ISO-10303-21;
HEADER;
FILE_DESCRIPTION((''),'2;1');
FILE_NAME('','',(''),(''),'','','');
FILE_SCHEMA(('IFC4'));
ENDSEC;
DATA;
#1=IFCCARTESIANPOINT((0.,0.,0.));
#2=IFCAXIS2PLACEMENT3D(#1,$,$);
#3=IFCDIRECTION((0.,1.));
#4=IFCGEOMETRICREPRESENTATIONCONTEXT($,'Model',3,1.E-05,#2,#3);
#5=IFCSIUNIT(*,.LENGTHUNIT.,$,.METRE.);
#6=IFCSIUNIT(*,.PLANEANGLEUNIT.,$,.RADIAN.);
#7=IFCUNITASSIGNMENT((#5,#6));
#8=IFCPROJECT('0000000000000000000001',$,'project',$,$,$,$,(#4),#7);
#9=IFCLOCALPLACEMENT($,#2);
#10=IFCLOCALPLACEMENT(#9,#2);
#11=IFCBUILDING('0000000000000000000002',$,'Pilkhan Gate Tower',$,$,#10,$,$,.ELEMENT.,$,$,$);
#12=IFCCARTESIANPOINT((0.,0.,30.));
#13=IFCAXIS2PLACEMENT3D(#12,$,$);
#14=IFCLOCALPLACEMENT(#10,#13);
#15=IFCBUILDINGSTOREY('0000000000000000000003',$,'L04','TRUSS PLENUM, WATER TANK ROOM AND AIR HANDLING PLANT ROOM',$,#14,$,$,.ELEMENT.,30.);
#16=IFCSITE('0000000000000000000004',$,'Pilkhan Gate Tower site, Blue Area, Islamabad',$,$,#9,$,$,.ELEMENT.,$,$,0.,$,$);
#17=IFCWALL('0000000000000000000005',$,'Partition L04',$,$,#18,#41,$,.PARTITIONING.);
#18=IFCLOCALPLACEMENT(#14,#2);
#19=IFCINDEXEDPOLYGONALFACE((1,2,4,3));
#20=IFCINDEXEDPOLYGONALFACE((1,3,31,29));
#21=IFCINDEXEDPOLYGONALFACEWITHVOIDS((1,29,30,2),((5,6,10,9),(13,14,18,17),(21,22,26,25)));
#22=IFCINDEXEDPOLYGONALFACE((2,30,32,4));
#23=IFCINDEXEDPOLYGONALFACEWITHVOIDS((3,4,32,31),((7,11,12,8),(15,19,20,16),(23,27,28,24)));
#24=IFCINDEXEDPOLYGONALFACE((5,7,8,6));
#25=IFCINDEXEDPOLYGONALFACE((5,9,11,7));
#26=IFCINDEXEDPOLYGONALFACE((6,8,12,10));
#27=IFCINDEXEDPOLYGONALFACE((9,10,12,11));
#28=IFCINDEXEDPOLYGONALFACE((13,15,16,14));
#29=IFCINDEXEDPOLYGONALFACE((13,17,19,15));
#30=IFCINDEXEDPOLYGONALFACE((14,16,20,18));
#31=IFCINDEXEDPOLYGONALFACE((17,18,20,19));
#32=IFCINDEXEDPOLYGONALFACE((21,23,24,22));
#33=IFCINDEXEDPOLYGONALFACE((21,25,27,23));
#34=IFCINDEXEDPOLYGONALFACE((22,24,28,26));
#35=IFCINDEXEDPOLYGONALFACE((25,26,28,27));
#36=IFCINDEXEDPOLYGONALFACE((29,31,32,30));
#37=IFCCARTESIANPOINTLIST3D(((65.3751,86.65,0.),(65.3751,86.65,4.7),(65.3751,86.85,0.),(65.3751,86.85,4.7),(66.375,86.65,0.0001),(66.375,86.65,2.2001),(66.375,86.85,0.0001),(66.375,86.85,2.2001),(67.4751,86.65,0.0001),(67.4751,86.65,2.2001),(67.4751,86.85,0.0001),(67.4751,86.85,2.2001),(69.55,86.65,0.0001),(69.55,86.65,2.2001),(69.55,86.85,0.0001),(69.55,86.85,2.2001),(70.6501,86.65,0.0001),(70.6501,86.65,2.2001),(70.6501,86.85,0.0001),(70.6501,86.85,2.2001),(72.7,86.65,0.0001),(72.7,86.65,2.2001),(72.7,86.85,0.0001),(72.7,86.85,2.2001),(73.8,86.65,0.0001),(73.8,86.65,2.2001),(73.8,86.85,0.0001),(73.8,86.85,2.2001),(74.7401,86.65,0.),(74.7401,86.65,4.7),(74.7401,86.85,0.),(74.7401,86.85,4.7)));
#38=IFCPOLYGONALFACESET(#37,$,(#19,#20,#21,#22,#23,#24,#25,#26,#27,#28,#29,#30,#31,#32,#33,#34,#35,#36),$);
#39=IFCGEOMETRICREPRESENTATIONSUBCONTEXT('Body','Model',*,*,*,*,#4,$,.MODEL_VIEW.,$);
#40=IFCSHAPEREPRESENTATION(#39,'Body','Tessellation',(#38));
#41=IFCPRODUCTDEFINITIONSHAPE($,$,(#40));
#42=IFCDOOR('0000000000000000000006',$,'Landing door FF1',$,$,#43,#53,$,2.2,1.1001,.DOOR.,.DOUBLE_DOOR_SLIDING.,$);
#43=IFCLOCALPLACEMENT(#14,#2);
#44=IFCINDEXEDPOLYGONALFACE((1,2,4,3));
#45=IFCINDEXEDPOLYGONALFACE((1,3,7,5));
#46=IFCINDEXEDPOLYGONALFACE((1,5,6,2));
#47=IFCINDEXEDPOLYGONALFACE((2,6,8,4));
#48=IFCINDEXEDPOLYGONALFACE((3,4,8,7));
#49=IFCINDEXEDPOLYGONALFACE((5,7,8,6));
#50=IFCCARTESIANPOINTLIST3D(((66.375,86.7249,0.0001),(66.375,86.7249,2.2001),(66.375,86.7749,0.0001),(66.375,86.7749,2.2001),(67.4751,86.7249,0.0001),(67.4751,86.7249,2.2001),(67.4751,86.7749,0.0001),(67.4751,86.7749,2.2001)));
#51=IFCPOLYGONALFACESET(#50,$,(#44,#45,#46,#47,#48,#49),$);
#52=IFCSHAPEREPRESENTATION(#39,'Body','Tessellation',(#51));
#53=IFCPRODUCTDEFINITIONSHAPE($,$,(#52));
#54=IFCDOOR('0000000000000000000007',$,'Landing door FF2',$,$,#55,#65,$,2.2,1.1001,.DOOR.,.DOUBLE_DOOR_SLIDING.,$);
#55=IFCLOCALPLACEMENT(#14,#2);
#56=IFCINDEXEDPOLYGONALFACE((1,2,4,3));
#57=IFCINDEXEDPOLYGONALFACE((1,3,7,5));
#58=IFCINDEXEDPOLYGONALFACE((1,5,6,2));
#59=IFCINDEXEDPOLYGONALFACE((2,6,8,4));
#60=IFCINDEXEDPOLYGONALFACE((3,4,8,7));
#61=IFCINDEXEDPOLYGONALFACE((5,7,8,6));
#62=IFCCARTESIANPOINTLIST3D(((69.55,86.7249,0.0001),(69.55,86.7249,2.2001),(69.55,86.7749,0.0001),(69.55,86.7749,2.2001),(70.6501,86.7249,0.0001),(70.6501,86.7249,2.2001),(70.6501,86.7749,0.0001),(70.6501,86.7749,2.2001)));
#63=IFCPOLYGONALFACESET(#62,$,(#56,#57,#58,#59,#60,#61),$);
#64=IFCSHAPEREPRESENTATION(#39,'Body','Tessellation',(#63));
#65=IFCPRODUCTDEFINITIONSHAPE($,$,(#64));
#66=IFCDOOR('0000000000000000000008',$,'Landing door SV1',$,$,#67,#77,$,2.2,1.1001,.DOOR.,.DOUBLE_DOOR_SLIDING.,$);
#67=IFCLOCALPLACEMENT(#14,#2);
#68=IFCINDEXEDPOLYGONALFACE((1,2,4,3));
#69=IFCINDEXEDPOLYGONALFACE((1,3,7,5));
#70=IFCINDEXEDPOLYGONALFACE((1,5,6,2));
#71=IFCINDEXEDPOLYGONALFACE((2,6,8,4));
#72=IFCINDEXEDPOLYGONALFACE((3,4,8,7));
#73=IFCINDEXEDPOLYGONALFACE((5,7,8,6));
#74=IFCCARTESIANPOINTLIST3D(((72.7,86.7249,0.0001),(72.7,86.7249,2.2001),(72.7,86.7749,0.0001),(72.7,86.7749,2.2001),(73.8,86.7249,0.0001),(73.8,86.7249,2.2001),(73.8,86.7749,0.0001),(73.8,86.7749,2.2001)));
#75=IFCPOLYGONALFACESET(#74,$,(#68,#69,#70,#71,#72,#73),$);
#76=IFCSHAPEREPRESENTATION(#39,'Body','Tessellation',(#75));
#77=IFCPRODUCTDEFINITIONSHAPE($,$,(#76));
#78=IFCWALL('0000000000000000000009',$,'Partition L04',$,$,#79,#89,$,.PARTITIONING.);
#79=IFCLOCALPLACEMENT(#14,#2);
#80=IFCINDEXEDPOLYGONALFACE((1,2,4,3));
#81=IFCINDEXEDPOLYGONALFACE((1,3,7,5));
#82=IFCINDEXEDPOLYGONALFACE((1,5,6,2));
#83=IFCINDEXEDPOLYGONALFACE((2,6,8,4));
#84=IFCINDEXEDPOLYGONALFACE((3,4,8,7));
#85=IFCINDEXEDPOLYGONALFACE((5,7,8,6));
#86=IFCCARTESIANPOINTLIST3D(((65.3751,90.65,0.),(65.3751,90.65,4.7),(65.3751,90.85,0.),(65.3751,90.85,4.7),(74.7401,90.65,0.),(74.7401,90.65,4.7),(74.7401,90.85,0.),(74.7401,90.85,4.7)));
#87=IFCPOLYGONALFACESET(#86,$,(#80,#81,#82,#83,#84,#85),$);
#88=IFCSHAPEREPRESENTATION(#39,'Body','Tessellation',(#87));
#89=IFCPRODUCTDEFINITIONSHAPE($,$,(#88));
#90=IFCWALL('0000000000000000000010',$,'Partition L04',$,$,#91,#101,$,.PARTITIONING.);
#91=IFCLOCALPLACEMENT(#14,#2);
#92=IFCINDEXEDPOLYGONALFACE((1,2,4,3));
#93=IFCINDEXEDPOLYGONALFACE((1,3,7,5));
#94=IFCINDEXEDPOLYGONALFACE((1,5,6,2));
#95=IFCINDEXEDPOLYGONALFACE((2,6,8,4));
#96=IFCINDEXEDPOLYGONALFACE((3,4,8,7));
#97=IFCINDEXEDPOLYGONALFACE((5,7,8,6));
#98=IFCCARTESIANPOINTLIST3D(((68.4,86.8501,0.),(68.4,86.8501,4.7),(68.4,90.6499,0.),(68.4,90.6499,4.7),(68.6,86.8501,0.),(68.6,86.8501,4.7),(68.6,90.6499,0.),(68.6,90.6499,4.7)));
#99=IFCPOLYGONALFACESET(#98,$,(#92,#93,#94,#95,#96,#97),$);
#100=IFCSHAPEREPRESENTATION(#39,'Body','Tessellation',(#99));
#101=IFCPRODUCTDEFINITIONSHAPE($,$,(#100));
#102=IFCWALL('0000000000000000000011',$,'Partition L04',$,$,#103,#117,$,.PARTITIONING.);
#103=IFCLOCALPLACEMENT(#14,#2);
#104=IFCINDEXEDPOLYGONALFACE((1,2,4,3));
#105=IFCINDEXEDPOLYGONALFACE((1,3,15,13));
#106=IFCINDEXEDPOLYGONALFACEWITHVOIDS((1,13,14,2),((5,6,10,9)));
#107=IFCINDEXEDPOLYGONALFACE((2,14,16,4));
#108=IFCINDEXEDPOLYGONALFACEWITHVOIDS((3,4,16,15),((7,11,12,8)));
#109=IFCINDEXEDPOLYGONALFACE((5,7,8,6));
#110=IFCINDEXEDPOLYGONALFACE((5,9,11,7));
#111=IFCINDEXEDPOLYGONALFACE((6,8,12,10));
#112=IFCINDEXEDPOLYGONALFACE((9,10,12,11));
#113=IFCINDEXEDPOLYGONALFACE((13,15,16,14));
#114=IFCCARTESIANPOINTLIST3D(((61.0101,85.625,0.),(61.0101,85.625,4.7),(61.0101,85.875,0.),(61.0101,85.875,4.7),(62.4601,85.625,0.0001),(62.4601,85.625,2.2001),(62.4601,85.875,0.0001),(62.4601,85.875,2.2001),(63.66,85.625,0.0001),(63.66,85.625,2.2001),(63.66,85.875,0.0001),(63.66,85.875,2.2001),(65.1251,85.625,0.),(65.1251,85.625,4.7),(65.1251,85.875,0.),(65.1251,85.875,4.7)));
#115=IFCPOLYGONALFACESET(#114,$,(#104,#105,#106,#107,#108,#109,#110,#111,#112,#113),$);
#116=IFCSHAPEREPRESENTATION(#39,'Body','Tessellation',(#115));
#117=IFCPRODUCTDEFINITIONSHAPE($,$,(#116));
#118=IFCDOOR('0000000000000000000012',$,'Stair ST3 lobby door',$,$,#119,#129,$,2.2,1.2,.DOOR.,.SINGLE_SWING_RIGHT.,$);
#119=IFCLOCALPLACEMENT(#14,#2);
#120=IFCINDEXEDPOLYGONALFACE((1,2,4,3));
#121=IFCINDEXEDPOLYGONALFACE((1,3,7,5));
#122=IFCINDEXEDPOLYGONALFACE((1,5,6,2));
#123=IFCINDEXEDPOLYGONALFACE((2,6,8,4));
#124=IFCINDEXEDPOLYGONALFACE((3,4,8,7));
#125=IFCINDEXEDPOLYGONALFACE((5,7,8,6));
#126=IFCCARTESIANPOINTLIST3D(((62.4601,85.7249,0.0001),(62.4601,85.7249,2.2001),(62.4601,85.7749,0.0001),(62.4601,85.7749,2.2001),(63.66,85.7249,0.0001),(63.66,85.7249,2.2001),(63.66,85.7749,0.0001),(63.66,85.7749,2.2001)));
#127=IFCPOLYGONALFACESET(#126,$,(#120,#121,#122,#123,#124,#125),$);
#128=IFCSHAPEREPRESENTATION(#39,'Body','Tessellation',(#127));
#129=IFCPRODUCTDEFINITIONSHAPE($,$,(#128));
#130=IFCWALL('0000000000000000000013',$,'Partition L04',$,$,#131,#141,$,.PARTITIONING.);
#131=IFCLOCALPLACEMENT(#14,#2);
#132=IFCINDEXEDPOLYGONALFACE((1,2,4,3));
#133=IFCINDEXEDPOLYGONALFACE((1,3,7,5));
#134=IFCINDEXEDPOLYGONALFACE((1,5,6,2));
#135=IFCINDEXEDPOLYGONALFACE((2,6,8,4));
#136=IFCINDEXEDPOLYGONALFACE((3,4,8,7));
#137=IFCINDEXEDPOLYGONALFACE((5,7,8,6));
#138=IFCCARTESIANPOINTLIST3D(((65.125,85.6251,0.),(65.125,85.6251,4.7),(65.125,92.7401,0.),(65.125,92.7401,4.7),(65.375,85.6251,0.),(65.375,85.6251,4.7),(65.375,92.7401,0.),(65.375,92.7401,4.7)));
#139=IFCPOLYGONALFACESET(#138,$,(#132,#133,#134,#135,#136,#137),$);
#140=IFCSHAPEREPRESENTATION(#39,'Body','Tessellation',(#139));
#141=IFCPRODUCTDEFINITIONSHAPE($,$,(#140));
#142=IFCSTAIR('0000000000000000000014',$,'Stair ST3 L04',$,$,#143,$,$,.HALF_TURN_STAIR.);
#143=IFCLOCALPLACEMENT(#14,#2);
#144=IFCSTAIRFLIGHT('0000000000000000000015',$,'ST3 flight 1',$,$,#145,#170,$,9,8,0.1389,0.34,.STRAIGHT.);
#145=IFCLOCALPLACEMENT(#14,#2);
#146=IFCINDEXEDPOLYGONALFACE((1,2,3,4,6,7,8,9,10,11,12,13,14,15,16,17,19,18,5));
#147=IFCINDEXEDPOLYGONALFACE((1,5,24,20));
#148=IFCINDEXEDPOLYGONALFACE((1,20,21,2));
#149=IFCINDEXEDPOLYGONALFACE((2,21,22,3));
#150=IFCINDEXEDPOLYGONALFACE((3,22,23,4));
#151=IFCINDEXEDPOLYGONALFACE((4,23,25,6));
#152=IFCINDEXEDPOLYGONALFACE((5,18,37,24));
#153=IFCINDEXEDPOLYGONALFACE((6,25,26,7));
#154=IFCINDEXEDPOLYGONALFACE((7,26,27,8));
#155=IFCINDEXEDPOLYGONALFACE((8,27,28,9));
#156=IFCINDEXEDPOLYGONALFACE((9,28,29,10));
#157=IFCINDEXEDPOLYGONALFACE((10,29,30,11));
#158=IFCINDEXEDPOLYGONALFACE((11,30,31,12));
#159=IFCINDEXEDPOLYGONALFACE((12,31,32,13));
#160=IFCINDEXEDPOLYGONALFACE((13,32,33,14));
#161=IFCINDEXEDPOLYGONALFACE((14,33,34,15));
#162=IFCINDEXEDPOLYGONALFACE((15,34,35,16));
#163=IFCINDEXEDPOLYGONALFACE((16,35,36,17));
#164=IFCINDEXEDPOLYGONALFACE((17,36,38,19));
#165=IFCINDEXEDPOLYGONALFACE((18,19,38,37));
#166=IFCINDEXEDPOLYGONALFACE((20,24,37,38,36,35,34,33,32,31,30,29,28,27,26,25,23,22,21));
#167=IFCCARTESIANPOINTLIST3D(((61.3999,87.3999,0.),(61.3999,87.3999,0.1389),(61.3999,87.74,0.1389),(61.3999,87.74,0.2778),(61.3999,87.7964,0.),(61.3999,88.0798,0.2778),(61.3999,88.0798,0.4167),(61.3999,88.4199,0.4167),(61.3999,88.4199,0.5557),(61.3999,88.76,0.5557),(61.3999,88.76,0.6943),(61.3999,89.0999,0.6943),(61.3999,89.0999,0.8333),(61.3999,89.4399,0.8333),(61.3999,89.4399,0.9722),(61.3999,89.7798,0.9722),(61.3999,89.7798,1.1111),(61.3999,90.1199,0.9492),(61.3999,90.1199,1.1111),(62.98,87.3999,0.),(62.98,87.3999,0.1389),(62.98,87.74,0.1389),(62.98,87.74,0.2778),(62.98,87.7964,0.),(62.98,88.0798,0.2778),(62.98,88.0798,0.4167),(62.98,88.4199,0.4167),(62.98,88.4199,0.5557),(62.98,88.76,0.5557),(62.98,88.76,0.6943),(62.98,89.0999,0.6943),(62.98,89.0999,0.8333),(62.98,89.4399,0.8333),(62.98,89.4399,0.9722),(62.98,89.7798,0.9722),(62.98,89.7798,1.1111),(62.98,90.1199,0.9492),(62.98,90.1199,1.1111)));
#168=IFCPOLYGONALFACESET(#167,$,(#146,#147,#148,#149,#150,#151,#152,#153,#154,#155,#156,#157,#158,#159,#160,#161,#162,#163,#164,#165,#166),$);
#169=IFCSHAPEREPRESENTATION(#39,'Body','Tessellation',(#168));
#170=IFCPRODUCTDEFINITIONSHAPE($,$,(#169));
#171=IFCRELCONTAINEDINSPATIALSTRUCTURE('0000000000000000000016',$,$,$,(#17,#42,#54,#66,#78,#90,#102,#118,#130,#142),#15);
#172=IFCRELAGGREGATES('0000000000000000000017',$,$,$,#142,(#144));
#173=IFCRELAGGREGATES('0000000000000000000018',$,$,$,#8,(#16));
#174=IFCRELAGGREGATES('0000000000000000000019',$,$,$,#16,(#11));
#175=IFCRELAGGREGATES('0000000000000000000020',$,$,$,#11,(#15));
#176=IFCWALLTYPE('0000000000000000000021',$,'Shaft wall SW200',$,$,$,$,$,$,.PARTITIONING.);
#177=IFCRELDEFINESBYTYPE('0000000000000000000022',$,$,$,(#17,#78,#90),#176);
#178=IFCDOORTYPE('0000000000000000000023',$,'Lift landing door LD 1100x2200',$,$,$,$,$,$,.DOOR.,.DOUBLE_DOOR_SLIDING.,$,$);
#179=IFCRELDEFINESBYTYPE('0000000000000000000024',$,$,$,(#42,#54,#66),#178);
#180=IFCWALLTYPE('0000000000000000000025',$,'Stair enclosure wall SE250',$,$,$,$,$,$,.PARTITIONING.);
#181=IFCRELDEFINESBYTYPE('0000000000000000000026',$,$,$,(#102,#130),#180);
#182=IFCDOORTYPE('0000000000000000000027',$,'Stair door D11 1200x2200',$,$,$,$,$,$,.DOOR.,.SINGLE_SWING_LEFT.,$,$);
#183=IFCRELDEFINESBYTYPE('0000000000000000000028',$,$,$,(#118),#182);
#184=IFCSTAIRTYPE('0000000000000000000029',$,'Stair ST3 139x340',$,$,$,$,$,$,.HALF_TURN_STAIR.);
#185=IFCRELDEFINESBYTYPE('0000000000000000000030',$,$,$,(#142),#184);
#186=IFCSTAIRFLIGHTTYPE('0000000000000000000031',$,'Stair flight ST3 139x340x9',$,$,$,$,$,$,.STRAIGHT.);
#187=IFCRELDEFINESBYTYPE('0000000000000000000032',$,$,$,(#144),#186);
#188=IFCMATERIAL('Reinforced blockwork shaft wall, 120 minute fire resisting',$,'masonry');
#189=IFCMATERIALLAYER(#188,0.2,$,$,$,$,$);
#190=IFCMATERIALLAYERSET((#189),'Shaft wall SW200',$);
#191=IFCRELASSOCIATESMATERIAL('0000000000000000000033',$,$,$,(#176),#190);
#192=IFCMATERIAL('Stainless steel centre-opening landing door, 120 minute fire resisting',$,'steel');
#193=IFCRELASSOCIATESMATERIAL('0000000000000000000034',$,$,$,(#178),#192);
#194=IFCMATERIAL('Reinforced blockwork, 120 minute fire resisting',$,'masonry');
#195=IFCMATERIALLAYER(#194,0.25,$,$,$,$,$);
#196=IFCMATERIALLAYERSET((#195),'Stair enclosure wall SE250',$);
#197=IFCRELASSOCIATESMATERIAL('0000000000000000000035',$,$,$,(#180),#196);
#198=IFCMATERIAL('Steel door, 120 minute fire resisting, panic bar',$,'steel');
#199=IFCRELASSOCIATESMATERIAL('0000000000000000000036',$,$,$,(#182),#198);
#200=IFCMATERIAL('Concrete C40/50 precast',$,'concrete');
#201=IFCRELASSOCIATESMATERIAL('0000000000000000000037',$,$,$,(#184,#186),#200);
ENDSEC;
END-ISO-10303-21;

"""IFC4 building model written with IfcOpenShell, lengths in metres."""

from ifc_helpers import new_model, si_unit, direction, frame, frame_2d, origin, place, context, subcontext, project, spatial, polyline, rectangle, outline, extrude, material, layer, layer_set, type_object, element, fill, aggregate, save


model = new_model("IFC4")

# Units and contexts
model_context = context("Model", 3, precision=1e-05, world=origin(), true_north=direction((0.0, 1.0)))
body_context = subcontext(model_context, "Body", "Model", "MODEL_VIEW")
ifc_project = project(units=[si_unit("LENGTHUNIT", "METRE"), si_unit("PLANEANGLEUNIT", "RADIAN")], contexts=[model_context])

# Site, building, storey
site_placement = place(None, origin())
site = spatial("IfcSite", under=ifc_project, at=site_placement, Name="Pilkhan Gate Tower site, Blue Area, Islamabad", CompositionType="ELEMENT", RefElevation=0.0)
building_placement = place(site_placement, origin())
building = spatial("IfcBuilding", under=site, at=building_placement, Name="Pilkhan Gate Tower", CompositionType="ELEMENT")
storey_placement = place(building_placement, frame((0.0, 0.0, 30.0)))
storey = spatial("IfcBuildingStorey", under=building, at=storey_placement, Name="L04", Description="TRUSS PLENUM, WATER TANK ROOM AND AIR HANDLING PLANT ROOM", CompositionType="ELEMENT", Elevation=30.0)

# Wall, openings, doors
ifc_material_1 = material(Name="Reinforced blockwork shaft wall, 120 minute fire resisting", Category="masonry")
ifc_layer_1 = layer(ifc_material_1, 0.2)
ifc_layer_set_1 = layer_set([ifc_layer_1], Name="Shaft wall SW200")
wall_type_1 = type_object("IfcWallType", Name="Shaft wall SW200", PredefinedType="PARTITIONING", material=ifc_layer_set_1)
wall_1_placement = place(storey_placement, frame((65.375, 86.75, 0.0), z_axis=(0.0, 0.0, 1.0), x_axis=(1.0, 0.0, 0.0)))
wall_1 = element("IfcWall", 1, at=wall_1_placement, inside=storey, type_object=wall_type_1, Name="Partition L04", PredefinedType="PARTITIONING", context=body_context, shape_type="SweptSolid", body=[
    extrude(rectangle(XDim=9.365, YDim=0.2, at=frame_2d((4.6826, 0.0))), origin(), (0.0, 0.0, 1.0), 4.7),
])
opening_1_placement = place(wall_1_placement, frame((1.0, 0.0, 0.0)))
opening_1 = element("IfcOpeningElement", 2, at=opening_1_placement, cuts=wall_1, PredefinedType="OPENING", context=body_context, shape_type="SweptSolid", body=[
    extrude(rectangle(XDim=1.1001, YDim=2.2, at=frame_2d((0.55, 1.1001))), frame((0.0, 0.1099, 0.0), z_axis=(0.0, -1.0, 0.0), x_axis=(1.0, 0.0, 0.0)), (0.0, 0.0, 1.0), 0.22),
])
opening_2_placement = place(wall_1_placement, frame((4.175, 0.0, 0.0)))
opening_2 = element("IfcOpeningElement", 3, at=opening_2_placement, cuts=wall_1, PredefinedType="OPENING", context=body_context, shape_type="SweptSolid", body=[
    extrude(rectangle(XDim=1.1001, YDim=2.2, at=frame_2d((0.55, 1.1001))), frame((0.0, 0.1099, 0.0), z_axis=(0.0, -1.0, 0.0), x_axis=(1.0, 0.0, 0.0)), (0.0, 0.0, 1.0), 0.22),
])
opening_3_placement = place(wall_1_placement, frame((7.325, 0.0, 0.0)))
opening_3 = element("IfcOpeningElement", 4, at=opening_3_placement, cuts=wall_1, PredefinedType="OPENING", context=body_context, shape_type="SweptSolid", body=[
    extrude(rectangle(XDim=1.1001, YDim=2.2, at=frame_2d((0.55, 1.1001))), frame((0.0, 0.1099, 0.0), z_axis=(0.0, -1.0, 0.0), x_axis=(1.0, 0.0, 0.0)), (0.0, 0.0, 1.0), 0.22),
])
ifc_material_2 = material(Name="Stainless steel centre-opening landing door, 120 minute fire resisting", Category="steel")
door_type_1 = type_object("IfcDoorType", Name="Lift landing door LD 1100x2200", OperationType="DOUBLE_DOOR_SLIDING", PredefinedType="DOOR", material=ifc_material_2)
door_1_placement = place(opening_1_placement, origin())
door_1 = element("IfcDoor", 5, at=door_1_placement, inside=storey, type_object=door_type_1, Name="Landing door FF1", OperationType="DOUBLE_DOOR_SLIDING", OverallHeight=2.2, OverallWidth=1.1001, PredefinedType="DOOR", context=body_context, shape_type="SweptSolid", body=[
    extrude(rectangle(XDim=1.1001, YDim=2.2, at=frame_2d((0.55, 1.1001))), frame((0.0, 0.0249, 0.0), z_axis=(0.0, -1.0, 0.0), x_axis=(1.0, 0.0, 0.0)), (0.0, 0.0, 1.0), 0.05),
])
fill(opening_1, door_1)
door_2_placement = place(opening_2_placement, origin())
door_2 = element("IfcDoor", 6, at=door_2_placement, inside=storey, type_object=door_type_1, Name="Landing door FF2", OperationType="DOUBLE_DOOR_SLIDING", OverallHeight=2.2, OverallWidth=1.1001, PredefinedType="DOOR", context=body_context, shape_type="SweptSolid", body=[
    extrude(rectangle(XDim=1.1001, YDim=2.2, at=frame_2d((0.55, 1.1001))), frame((0.0, 0.0249, 0.0), z_axis=(0.0, -1.0, 0.0), x_axis=(1.0, 0.0, 0.0)), (0.0, 0.0, 1.0), 0.05),
])
fill(opening_2, door_2)
door_3_placement = place(opening_3_placement, origin())
door_3 = element("IfcDoor", 7, at=door_3_placement, inside=storey, type_object=door_type_1, Name="Landing door SV1", OperationType="DOUBLE_DOOR_SLIDING", OverallHeight=2.2, OverallWidth=1.1001, PredefinedType="DOOR", context=body_context, shape_type="SweptSolid", body=[
    extrude(rectangle(XDim=1.1001, YDim=2.2, at=frame_2d((0.55, 1.1001))), frame((0.0, 0.0249, 0.0), z_axis=(0.0, -1.0, 0.0), x_axis=(1.0, 0.0, 0.0)), (0.0, 0.0, 1.0), 0.05),
])
fill(opening_3, door_3)

# Walls
wall_2_placement = place(storey_placement, frame((65.375, 90.75, 0.0), z_axis=(0.0, 0.0, 1.0), x_axis=(1.0, 0.0, 0.0)))
element("IfcWall", 8, at=wall_2_placement, inside=storey, type_object=wall_type_1, Name="Partition L04", PredefinedType="PARTITIONING", context=body_context, shape_type="SweptSolid", body=[
    extrude(rectangle(XDim=9.365, YDim=0.2, at=frame_2d((4.6826, 0.0))), origin(), (0.0, 0.0, 1.0), 4.7),
])
wall_3_placement = place(storey_placement, frame((68.5, 86.8501, 0.0), z_axis=(0.0, 0.0, 1.0), x_axis=(0.0, 1.0, 0.0)))
element("IfcWall", 9, at=wall_3_placement, inside=storey, type_object=wall_type_1, Name="Partition L04", PredefinedType="PARTITIONING", context=body_context, shape_type="SweptSolid", body=[
    extrude(rectangle(XDim=3.7998, YDim=0.2, at=frame_2d((1.8999, 0.0))), origin(), (0.0, 0.0, 1.0), 4.7),
])

# Wall, opening, door
ifc_material_3 = material(Name="Reinforced blockwork, 120 minute fire resisting", Category="masonry")
ifc_layer_2 = layer(ifc_material_3, 0.25)
ifc_layer_set_2 = layer_set([ifc_layer_2], Name="Stair enclosure wall SE250")
wall_type_2 = type_object("IfcWallType", Name="Stair enclosure wall SE250", PredefinedType="PARTITIONING", material=ifc_layer_set_2)
wall_4_placement = place(storey_placement, frame((61.01, 85.75, 0.0), z_axis=(0.0, 0.0, 1.0), x_axis=(1.0, 0.0, 0.0)))
wall_4 = element("IfcWall", 10, at=wall_4_placement, inside=storey, type_object=wall_type_2, Name="Partition L04", PredefinedType="PARTITIONING", context=body_context, shape_type="SweptSolid", body=[
    extrude(rectangle(XDim=4.115, YDim=0.25, at=frame_2d((2.0576, 0.0))), origin(), (0.0, 0.0, 1.0), 4.7),
])
opening_4_placement = place(wall_4_placement, frame((1.45, 0.0, 0.0)))
opening_4 = element("IfcOpeningElement", 11, at=opening_4_placement, cuts=wall_4, PredefinedType="OPENING", context=body_context, shape_type="SweptSolid", body=[
    extrude(rectangle(XDim=1.2, YDim=2.2, at=frame_2d((0.6001, 1.1001))), frame((0.0, 0.135, 0.0), z_axis=(0.0, -1.0, 0.0), x_axis=(1.0, 0.0, 0.0)), (0.0, 0.0, 1.0), 0.27),
])
ifc_material_4 = material(Name="Steel door, 120 minute fire resisting, panic bar", Category="steel")
door_type_2 = type_object("IfcDoorType", Name="Stair door D11 1200x2200", OperationType="SINGLE_SWING_LEFT", PredefinedType="DOOR", material=ifc_material_4)
door_4_placement = place(opening_4_placement, origin())
door_4 = element("IfcDoor", 12, at=door_4_placement, inside=storey, type_object=door_type_2, Name="Stair ST3 lobby door", OperationType="SINGLE_SWING_RIGHT", OverallHeight=2.2, OverallWidth=1.2, PredefinedType="DOOR", context=body_context, shape_type="SweptSolid", body=[
    extrude(rectangle(XDim=1.2, YDim=2.2, at=frame_2d((0.6001, 1.1001))), frame((0.0, 0.0249, 0.0), z_axis=(0.0, -1.0, 0.0), x_axis=(1.0, 0.0, 0.0)), (0.0, 0.0, 1.0), 0.05),
])
fill(opening_4, door_4)

# Wall
wall_5_placement = place(storey_placement, frame((65.25, 85.625, 0.0), z_axis=(0.0, 0.0, 1.0), x_axis=(0.0, 1.0, 0.0)))
element("IfcWall", 13, at=wall_5_placement, inside=storey, type_object=wall_type_2, Name="Partition L04", PredefinedType="PARTITIONING", context=body_context, shape_type="SweptSolid", body=[
    extrude(rectangle(XDim=7.115, YDim=0.25, at=frame_2d((3.5576, 0.0))), origin(), (0.0, 0.0, 1.0), 4.7),
])

# Stair, stair flight
ifc_material_5 = material(Name="Concrete C40/50 precast", Category="concrete")
stair_type = type_object("IfcStairType", Name="Stair ST3 139x340", PredefinedType="HALF_TURN_STAIR", material=ifc_material_5)
stair_placement = place(storey_placement, origin())
stair = element("IfcStair", 14, at=stair_placement, inside=storey, type_object=stair_type, Name="Stair ST3 L04", PredefinedType="HALF_TURN_STAIR")
stair_flight_type = type_object("IfcStairFlightType", Name="Stair flight ST3 139x340x9", PredefinedType="STRAIGHT", material=ifc_material_5)
stair_flight_1_placement = place(storey_placement, frame((62.1899, 87.3999, 0.0), z_axis=(0.0, 0.0, 1.0), x_axis=(0.0, 1.0, 0.0)))
stair_flight_1 = element("IfcStairFlight", 15, at=stair_flight_1_placement, type_object=stair_flight_type, Name="ST3 flight 1", NumberOfRisers=9, NumberOfTreads=8, PredefinedType="STRAIGHT", RiserHeight=0.1389, TreadLength=0.34, context=body_context, shape_type="SweptSolid", body=[
    extrude(outline(polyline([(0.0, 0.0), (0.0, 0.1389), (0.3401, 0.1389), (0.3401, 0.2778), (0.6799, 0.2778), (0.6799, 0.4167), (1.02, 0.4167), (1.02, 0.5557), (1.3601, 0.5557), (1.3601, 0.6943), (1.7, 0.6943), (1.7, 0.8333), (2.04, 0.8333), (2.04, 0.9722), (2.3799, 0.9722), (2.3799, 1.1111), (2.72, 1.1111), (2.72, 1.25), (2.72, 0.9492), (0.3965, 0.0), (0.0, 0.0)])), frame((0.0, 0.79, 0.0), z_axis=(0.0, -1.0, 0.0), x_axis=(1.0, 0.0, 0.0)), (0.0, 0.0, 1.0), 1.5801),
])
aggregate(stair, [stair_flight_1])

save(model, "model.ifc")
